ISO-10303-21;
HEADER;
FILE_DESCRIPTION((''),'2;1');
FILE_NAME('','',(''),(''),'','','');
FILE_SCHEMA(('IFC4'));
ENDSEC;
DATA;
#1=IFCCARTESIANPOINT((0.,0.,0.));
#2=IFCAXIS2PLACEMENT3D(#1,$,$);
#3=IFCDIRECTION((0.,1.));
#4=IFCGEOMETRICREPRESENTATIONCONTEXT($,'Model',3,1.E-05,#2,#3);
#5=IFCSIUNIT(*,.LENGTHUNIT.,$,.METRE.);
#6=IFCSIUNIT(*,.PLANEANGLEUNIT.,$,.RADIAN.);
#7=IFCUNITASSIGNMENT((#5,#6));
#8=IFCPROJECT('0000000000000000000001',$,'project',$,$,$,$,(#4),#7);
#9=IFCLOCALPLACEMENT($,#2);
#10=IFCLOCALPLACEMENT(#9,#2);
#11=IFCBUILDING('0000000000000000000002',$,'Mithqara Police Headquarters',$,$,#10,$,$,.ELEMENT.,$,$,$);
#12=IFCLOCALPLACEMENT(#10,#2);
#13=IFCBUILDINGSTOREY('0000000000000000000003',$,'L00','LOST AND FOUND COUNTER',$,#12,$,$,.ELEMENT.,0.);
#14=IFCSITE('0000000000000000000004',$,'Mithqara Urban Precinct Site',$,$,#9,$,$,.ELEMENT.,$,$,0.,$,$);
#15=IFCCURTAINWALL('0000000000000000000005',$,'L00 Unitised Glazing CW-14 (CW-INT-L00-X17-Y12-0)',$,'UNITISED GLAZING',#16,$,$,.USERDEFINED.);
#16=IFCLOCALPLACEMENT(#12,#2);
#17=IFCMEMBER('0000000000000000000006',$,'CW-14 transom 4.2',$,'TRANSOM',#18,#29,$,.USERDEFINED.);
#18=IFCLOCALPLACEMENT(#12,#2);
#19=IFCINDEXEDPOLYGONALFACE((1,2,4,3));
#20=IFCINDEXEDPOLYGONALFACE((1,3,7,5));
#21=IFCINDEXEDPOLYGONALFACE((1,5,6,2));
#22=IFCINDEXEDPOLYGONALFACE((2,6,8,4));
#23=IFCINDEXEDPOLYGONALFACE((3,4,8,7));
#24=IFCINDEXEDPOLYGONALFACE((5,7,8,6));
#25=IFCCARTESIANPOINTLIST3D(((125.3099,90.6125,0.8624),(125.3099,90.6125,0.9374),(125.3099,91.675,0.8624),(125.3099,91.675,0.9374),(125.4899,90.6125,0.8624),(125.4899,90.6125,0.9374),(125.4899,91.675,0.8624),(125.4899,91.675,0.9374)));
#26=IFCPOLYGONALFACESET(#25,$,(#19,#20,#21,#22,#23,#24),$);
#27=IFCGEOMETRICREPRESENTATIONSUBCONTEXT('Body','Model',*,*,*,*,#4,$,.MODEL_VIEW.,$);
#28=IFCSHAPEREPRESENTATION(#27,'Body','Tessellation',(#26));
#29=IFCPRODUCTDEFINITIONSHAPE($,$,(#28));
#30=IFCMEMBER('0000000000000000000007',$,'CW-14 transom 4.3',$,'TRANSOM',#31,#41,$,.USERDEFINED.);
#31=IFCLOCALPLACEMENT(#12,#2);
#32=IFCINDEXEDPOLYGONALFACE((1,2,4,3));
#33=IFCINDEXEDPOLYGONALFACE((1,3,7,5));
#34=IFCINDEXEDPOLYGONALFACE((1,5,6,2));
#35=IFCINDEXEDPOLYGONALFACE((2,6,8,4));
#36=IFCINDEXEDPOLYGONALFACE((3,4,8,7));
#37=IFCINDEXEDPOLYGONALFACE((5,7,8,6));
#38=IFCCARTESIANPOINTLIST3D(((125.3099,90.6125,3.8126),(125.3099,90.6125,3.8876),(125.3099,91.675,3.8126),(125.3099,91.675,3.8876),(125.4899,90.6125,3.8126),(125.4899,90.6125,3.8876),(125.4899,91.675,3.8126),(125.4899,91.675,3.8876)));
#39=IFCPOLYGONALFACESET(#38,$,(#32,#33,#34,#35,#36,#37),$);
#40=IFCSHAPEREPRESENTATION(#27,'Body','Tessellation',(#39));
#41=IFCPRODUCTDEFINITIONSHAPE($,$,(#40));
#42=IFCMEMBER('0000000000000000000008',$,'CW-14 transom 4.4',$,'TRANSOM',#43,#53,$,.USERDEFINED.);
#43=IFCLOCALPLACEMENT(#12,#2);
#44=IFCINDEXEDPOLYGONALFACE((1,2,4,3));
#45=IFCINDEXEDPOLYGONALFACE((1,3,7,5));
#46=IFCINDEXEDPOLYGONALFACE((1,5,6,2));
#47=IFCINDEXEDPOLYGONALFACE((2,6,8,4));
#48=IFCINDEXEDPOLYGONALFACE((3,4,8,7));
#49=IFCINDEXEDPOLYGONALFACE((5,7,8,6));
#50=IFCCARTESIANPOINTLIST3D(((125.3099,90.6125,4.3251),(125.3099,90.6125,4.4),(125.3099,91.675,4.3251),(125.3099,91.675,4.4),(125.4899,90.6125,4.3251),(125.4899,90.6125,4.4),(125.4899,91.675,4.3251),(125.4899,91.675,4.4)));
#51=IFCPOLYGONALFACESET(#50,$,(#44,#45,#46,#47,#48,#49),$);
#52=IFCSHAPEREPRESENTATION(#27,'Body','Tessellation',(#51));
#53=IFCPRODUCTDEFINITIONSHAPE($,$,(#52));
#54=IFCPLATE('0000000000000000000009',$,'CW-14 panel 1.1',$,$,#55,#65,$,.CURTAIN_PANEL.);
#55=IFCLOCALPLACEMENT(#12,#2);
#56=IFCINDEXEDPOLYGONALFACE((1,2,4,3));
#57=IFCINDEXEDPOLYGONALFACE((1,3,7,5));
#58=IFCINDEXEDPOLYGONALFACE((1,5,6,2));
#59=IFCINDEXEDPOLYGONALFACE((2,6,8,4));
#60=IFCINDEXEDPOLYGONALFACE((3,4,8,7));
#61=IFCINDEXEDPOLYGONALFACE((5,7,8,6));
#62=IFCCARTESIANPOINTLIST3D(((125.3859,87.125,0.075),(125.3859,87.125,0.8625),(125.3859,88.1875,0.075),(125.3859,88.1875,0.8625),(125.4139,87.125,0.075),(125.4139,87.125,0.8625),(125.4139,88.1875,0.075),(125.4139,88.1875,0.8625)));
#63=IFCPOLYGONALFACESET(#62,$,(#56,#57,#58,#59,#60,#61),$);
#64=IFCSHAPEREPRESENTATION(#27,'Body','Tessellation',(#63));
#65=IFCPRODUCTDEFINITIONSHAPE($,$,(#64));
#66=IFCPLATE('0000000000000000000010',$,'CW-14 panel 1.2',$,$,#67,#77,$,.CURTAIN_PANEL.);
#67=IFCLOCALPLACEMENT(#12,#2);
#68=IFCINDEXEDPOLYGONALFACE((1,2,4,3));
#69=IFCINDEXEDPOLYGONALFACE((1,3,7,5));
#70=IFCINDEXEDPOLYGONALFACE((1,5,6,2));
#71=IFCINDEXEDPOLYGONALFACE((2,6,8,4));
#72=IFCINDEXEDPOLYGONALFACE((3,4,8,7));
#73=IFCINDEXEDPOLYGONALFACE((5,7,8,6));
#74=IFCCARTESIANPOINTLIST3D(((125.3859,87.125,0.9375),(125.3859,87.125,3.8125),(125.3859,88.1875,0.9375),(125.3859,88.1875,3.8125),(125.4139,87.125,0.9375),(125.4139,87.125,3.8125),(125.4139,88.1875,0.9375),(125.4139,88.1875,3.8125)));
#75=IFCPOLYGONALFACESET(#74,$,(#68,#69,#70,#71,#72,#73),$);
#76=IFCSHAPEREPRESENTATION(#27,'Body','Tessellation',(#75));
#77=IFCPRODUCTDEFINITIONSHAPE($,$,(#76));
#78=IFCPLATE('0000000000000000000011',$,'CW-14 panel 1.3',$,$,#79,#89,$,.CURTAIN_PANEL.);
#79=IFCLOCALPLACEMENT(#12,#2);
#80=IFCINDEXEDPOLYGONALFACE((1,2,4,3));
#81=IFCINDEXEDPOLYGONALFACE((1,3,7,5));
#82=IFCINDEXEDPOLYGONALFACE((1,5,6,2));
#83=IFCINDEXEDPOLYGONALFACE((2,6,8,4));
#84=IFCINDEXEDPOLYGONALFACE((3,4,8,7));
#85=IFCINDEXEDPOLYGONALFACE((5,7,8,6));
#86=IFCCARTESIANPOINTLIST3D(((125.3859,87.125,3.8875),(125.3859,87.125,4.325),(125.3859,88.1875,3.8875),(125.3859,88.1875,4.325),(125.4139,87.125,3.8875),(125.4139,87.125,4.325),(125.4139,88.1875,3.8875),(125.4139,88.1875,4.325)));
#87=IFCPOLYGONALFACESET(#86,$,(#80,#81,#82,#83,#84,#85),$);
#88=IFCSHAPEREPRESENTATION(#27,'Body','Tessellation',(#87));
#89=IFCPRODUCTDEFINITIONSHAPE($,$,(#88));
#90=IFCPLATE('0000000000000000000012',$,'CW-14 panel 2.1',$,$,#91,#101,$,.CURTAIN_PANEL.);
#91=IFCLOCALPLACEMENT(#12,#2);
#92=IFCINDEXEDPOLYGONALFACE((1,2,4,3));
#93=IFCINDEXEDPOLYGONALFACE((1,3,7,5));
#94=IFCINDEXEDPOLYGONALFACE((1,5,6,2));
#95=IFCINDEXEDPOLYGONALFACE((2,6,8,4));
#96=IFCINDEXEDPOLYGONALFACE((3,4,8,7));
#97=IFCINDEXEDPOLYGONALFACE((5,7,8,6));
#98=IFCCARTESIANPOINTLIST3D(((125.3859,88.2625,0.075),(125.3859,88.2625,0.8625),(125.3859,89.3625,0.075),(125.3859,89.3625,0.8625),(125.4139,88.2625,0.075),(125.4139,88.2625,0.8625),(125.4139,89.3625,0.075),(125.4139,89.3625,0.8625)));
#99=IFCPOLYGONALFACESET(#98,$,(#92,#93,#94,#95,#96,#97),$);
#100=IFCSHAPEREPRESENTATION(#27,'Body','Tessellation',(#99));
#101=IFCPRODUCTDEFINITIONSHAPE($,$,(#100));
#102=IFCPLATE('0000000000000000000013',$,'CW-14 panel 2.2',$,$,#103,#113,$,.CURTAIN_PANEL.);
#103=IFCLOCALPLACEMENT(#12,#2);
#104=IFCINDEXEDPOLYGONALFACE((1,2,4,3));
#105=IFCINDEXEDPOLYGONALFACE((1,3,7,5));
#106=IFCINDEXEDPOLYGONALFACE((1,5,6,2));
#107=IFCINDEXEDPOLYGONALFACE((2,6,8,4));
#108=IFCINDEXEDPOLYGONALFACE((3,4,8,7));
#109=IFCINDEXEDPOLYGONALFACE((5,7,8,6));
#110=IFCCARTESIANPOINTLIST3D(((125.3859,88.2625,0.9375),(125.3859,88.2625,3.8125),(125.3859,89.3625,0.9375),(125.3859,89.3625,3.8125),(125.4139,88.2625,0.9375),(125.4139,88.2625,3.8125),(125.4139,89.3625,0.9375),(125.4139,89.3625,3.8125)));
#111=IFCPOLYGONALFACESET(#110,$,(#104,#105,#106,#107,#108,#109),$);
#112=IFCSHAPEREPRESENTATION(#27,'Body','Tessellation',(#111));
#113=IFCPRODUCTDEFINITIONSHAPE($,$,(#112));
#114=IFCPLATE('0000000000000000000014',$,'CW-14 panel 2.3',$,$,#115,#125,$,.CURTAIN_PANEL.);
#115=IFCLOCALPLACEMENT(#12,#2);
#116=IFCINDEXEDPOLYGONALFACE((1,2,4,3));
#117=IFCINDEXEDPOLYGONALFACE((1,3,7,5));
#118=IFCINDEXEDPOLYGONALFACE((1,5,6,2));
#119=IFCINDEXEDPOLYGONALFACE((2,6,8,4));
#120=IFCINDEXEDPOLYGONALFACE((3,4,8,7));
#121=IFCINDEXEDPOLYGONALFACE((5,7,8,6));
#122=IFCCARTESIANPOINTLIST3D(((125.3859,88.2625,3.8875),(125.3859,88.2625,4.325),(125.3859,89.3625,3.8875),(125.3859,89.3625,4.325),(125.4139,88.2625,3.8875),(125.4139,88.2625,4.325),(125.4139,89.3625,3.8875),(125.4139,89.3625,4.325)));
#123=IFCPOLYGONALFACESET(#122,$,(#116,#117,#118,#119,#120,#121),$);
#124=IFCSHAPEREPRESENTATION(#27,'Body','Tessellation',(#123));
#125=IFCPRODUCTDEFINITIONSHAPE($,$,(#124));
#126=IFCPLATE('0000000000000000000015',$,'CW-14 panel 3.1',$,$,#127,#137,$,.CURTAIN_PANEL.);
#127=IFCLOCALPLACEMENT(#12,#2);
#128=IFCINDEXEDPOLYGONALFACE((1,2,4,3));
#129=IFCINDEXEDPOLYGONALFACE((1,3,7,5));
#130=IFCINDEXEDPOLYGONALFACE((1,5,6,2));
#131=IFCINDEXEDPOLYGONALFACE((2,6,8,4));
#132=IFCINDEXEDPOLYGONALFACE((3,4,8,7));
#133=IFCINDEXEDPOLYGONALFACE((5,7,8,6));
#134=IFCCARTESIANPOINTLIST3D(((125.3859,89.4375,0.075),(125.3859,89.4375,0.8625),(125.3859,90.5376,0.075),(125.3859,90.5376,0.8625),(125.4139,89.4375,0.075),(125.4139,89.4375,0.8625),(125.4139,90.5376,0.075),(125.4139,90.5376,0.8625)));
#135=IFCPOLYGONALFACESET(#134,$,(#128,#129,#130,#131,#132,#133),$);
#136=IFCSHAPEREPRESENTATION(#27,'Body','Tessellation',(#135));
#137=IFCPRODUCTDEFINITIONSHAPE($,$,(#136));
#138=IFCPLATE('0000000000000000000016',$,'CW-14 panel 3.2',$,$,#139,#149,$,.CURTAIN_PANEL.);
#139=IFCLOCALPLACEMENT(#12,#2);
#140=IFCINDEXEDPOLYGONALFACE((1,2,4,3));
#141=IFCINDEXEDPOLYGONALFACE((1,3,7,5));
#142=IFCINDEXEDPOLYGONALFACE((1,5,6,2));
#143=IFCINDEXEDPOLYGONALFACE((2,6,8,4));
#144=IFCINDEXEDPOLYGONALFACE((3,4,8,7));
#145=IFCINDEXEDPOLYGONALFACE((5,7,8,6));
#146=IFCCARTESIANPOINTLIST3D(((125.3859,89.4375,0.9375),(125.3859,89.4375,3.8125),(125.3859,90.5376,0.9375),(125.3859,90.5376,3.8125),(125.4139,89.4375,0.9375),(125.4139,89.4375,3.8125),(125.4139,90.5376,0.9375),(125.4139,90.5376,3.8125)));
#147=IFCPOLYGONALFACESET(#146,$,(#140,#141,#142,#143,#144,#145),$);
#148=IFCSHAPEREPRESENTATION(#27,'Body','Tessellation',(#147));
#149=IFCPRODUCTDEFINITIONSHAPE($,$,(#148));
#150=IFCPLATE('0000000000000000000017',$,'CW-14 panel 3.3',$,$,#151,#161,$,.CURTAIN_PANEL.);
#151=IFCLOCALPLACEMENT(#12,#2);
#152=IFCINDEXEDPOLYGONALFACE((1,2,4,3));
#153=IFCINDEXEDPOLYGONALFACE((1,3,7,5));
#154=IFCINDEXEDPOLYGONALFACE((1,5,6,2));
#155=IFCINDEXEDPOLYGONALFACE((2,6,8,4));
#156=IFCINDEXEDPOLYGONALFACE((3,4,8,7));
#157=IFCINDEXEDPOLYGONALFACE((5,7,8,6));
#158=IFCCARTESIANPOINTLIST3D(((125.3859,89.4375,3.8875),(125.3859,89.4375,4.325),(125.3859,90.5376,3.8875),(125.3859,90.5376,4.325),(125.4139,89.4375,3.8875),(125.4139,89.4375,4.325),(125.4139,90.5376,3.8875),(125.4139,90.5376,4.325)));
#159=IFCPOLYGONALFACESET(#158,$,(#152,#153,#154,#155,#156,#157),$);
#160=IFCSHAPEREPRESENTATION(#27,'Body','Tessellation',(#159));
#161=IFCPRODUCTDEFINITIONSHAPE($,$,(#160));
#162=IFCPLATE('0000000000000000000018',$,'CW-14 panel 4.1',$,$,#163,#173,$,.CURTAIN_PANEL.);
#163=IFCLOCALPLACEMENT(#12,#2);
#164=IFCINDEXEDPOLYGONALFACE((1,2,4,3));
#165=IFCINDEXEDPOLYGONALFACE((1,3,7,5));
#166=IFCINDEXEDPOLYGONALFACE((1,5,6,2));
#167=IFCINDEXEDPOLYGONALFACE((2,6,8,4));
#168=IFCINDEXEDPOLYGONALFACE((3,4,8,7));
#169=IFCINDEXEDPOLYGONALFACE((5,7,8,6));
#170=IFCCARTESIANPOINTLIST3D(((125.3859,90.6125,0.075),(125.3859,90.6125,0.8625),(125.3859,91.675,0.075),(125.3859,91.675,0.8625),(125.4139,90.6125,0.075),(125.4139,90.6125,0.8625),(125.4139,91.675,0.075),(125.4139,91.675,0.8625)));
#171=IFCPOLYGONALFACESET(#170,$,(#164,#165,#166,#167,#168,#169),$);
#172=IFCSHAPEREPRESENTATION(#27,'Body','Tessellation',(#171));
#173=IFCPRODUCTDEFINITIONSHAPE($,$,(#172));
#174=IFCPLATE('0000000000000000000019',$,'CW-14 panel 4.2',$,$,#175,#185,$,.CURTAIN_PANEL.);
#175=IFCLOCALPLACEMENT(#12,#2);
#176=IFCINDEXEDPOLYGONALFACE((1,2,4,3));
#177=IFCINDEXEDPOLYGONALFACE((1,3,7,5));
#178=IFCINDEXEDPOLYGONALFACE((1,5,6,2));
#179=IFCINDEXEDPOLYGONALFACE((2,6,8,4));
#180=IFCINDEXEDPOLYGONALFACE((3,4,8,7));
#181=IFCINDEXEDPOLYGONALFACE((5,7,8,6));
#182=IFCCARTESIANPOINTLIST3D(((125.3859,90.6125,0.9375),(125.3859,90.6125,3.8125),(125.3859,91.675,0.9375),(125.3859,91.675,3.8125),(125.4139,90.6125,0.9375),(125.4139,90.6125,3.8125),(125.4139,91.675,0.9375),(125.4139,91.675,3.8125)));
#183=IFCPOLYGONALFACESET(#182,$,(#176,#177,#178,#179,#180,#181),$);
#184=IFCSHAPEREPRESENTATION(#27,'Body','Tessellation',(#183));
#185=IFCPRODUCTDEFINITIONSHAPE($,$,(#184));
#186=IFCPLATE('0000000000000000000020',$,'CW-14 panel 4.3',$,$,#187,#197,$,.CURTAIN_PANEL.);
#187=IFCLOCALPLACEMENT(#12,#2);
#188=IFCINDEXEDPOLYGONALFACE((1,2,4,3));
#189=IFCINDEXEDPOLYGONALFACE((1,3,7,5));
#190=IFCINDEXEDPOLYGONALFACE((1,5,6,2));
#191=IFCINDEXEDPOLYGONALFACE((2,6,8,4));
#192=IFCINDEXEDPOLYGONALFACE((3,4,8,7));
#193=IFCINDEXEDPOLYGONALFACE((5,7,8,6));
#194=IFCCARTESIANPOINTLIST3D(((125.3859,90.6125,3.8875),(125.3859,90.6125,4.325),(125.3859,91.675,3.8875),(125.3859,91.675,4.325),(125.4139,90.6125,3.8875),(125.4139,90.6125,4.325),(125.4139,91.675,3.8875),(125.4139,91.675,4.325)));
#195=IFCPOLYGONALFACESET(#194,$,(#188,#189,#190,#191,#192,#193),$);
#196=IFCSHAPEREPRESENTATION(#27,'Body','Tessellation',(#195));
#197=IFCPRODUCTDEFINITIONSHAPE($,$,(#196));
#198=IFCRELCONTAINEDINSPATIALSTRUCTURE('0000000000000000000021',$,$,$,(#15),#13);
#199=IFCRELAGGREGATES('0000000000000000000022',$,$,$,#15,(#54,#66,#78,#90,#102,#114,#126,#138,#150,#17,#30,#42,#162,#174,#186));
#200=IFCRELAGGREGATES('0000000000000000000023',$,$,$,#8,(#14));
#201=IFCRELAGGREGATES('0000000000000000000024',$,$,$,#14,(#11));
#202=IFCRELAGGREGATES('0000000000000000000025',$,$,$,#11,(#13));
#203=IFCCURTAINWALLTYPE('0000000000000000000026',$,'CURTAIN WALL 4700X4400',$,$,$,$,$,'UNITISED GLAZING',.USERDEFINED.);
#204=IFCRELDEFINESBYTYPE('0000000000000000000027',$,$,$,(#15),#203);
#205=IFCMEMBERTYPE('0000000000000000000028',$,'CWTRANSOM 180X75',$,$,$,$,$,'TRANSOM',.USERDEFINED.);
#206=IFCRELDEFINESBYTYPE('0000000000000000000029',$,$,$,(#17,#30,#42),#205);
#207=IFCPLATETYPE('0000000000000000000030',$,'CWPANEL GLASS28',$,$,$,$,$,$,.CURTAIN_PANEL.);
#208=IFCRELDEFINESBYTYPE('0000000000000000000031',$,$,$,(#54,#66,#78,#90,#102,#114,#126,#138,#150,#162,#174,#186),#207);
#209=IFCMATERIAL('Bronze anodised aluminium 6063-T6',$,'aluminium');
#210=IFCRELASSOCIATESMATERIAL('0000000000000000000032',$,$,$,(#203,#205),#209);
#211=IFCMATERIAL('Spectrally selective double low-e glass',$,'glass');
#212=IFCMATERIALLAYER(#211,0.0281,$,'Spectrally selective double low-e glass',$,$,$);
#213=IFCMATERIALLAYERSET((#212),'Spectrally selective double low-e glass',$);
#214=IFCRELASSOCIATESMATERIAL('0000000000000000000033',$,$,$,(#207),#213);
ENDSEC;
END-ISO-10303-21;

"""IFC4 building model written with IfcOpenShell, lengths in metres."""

from ifc_helpers import new_model, si_unit, direction, frame, origin, origin_2d, place, context, subcontext, project, spatial, rectangle, extrude, material, layer, layer_set, material_profile, profile_set, type_object, element, aggregate, save


model = new_model("IFC4")

# Units and contexts
model_context = context("Model", 3, precision=1e-05, world=origin(), true_north=direction((0.0, 1.0)))
body_context = subcontext(model_context, "Body", "Model", "MODEL_VIEW")
ifc_project = project(units=[si_unit("LENGTHUNIT", "METRE"), si_unit("PLANEANGLEUNIT", "RADIAN")], contexts=[model_context])

# Site, building, storey
site_placement = place(None, origin())
site = spatial("IfcSite", under=ifc_project, at=site_placement, Name="Mithqara Urban Precinct Site", CompositionType="ELEMENT", RefElevation=0.0)
building_placement = place(site_placement, origin())
building = spatial("IfcBuilding", under=site, at=building_placement, Name="Mithqara Police Headquarters", CompositionType="ELEMENT")
storey_placement = place(building_placement, origin())
storey = spatial("IfcBuildingStorey", under=building, at=storey_placement, Name="L00", Description="LOST AND FOUND COUNTER", CompositionType="ELEMENT", Elevation=0.0)

# Curtain wall, members, plates
ifc_material_1 = material(Name="Bronze anodised aluminium 6063-T6", Category="aluminium")
curtain_wall_type = type_object("IfcCurtainWallType", Name="CURTAIN WALL 4700X4400", ElementType="UNITISED GLAZING", PredefinedType="USERDEFINED", material=ifc_material_1)
curtain_wall_placement = place(storey_placement, origin())
curtain_wall = element("IfcCurtainWall", 1, at=curtain_wall_placement, inside=storey, type_object=curtain_wall_type, Name="L00 Unitised Glazing CW-14 (CW-INT-L00-X17-Y12-0)", ObjectType="UNITISED GLAZING", PredefinedType="USERDEFINED")
ifc_material_profile_1 = material_profile(ifc_material_1, rectangle(XDim=0.1799, YDim=0.075, at=origin_2d()), Name="CWT 180x75")
ifc_profile_set_1 = profile_set([ifc_material_profile_1], Name="Bronze anodised aluminium 6063-T6")
member_type_1 = type_object("IfcMemberType", Name="CWTRANSOM 180X75", ElementType="TRANSOM", PredefinedType="USERDEFINED", material=ifc_profile_set_1)
member_1_placement = place(storey_placement, frame((125.3999, 90.6125, 0.8999), z_axis=(0.0, 1.0, 0.0), x_axis=(-1.0, 0.0, 0.0)))
member_1 = element("IfcMember", 2, at=member_1_placement, type_object=member_type_1, Name="CW-14 transom 4.2", ObjectType="TRANSOM", PredefinedType="USERDEFINED", context=body_context, shape_type="SweptSolid", body=[
    extrude(rectangle(XDim=0.1799, YDim=0.075, at=origin_2d()), origin(), (0.0, 0.0, 1.0), 1.0625),
])
member_2_placement = place(storey_placement, frame((125.3999, 90.6125, 3.8501), z_axis=(0.0, 1.0, 0.0), x_axis=(-1.0, 0.0, 0.0)))
member_2 = element("IfcMember", 3, at=member_2_placement, type_object=member_type_1, Name="CW-14 transom 4.3", ObjectType="TRANSOM", PredefinedType="USERDEFINED", context=body_context, shape_type="SweptSolid", body=[
    extrude(rectangle(XDim=0.1799, YDim=0.075, at=origin_2d()), origin(), (0.0, 0.0, 1.0), 1.0625),
])
member_3_placement = place(storey_placement, frame((125.3999, 90.6125, 4.3625), z_axis=(0.0, 1.0, 0.0), x_axis=(-1.0, 0.0, 0.0)))
member_3 = element("IfcMember", 4, at=member_3_placement, type_object=member_type_1, Name="CW-14 transom 4.4", ObjectType="TRANSOM", PredefinedType="USERDEFINED", context=body_context, shape_type="SweptSolid", body=[
    extrude(rectangle(XDim=0.1799, YDim=0.075, at=origin_2d()), origin(), (0.0, 0.0, 1.0), 1.0625),
])
ifc_material_2 = material(Name="Spectrally selective double low-e glass", Category="glass")
ifc_layer = layer(ifc_material_2, 0.0281, Name="Spectrally selective double low-e glass")
ifc_layer_set = layer_set([ifc_layer], Name="Spectrally selective double low-e glass")
plate_type = type_object("IfcPlateType", Name="CWPANEL GLASS28", PredefinedType="CURTAIN_PANEL", material=ifc_layer_set)
plate_1_placement = place(storey_placement, frame((125.3999, 87.6562, 0.075), z_axis=(0.0, 0.0, 1.0), x_axis=(0.0, 1.0, 0.0)))
plate_1 = element("IfcPlate", 5, at=plate_1_placement, type_object=plate_type, Name="CW-14 panel 1.1", PredefinedType="CURTAIN_PANEL", context=body_context, shape_type="SweptSolid", body=[
    extrude(rectangle(XDim=1.0625, YDim=0.0281, at=origin_2d()), origin(), (0.0, 0.0, 1.0), 0.7876),
])
plate_2_placement = place(storey_placement, frame((125.3999, 87.6562, 0.9375), z_axis=(0.0, 0.0, 1.0), x_axis=(0.0, 1.0, 0.0)))
plate_2 = element("IfcPlate", 6, at=plate_2_placement, type_object=plate_type, Name="CW-14 panel 1.2", PredefinedType="CURTAIN_PANEL", context=body_context, shape_type="SweptSolid", body=[
    extrude(rectangle(XDim=1.0625, YDim=0.0281, at=origin_2d()), origin(), (0.0, 0.0, 1.0), 2.875),
])
plate_3_placement = place(storey_placement, frame((125.3999, 87.6562, 3.8875), z_axis=(0.0, 0.0, 1.0), x_axis=(0.0, 1.0, 0.0)))
plate_3 = element("IfcPlate", 7, at=plate_3_placement, type_object=plate_type, Name="CW-14 panel 1.3", PredefinedType="CURTAIN_PANEL", context=body_context, shape_type="SweptSolid", body=[
    extrude(rectangle(XDim=1.0625, YDim=0.0281, at=origin_2d()), origin(), (0.0, 0.0, 1.0), 0.4375),
])
plate_4_placement = place(storey_placement, frame((125.3999, 88.8125, 0.075), z_axis=(0.0, 0.0, 1.0), x_axis=(0.0, 1.0, 0.0)))
plate_4 = element("IfcPlate", 8, at=plate_4_placement, type_object=plate_type, Name="CW-14 panel 2.1", PredefinedType="CURTAIN_PANEL", context=body_context, shape_type="SweptSolid", body=[
    extrude(rectangle(XDim=1.1001, YDim=0.0281, at=origin_2d()), origin(), (0.0, 0.0, 1.0), 0.7876),
])
plate_5_placement = place(storey_placement, frame((125.3999, 88.8125, 0.9375), z_axis=(0.0, 0.0, 1.0), x_axis=(0.0, 1.0, 0.0)))
plate_5 = element("IfcPlate", 9, at=plate_5_placement, type_object=plate_type, Name="CW-14 panel 2.2", PredefinedType="CURTAIN_PANEL", context=body_context, shape_type="SweptSolid", body=[
    extrude(rectangle(XDim=1.1001, YDim=0.0281, at=origin_2d()), origin(), (0.0, 0.0, 1.0), 2.875),
])
plate_6_placement = place(storey_placement, frame((125.3999, 88.8125, 3.8875), z_axis=(0.0, 0.0, 1.0), x_axis=(0.0, 1.0, 0.0)))
plate_6 = element("IfcPlate", 10, at=plate_6_placement, type_object=plate_type, Name="CW-14 panel 2.3", PredefinedType="CURTAIN_PANEL", context=body_context, shape_type="SweptSolid", body=[
    extrude(rectangle(XDim=1.1001, YDim=0.0281, at=origin_2d()), origin(), (0.0, 0.0, 1.0), 0.4375),
])
plate_7_placement = place(storey_placement, frame((125.3999, 89.9875, 0.075), z_axis=(0.0, 0.0, 1.0), x_axis=(0.0, 1.0, 0.0)))
plate_7 = element("IfcPlate", 11, at=plate_7_placement, type_object=plate_type, Name="CW-14 panel 3.1", PredefinedType="CURTAIN_PANEL", context=body_context, shape_type="SweptSolid", body=[
    extrude(rectangle(XDim=1.1001, YDim=0.0281, at=origin_2d()), origin(), (0.0, 0.0, 1.0), 0.7876),
])
plate_8_placement = place(storey_placement, frame((125.3999, 89.9875, 0.9375), z_axis=(0.0, 0.0, 1.0), x_axis=(0.0, 1.0, 0.0)))
plate_8 = element("IfcPlate", 12, at=plate_8_placement, type_object=plate_type, Name="CW-14 panel 3.2", PredefinedType="CURTAIN_PANEL", context=body_context, shape_type="SweptSolid", body=[
    extrude(rectangle(XDim=1.1001, YDim=0.0281, at=origin_2d()), origin(), (0.0, 0.0, 1.0), 2.875),
])
plate_9_placement = place(storey_placement, frame((125.3999, 89.9875, 3.8875), z_axis=(0.0, 0.0, 1.0), x_axis=(0.0, 1.0, 0.0)))
plate_9 = element("IfcPlate", 13, at=plate_9_placement, type_object=plate_type, Name="CW-14 panel 3.3", PredefinedType="CURTAIN_PANEL", context=body_context, shape_type="SweptSolid", body=[
    extrude(rectangle(XDim=1.1001, YDim=0.0281, at=origin_2d()), origin(), (0.0, 0.0, 1.0), 0.4375),
])
plate_10_placement = place(storey_placement, frame((125.3999, 91.1438, 0.075), z_axis=(0.0, 0.0, 1.0), x_axis=(0.0, 1.0, 0.0)))
plate_10 = element("IfcPlate", 14, at=plate_10_placement, type_object=plate_type, Name="CW-14 panel 4.1", PredefinedType="CURTAIN_PANEL", context=body_context, shape_type="SweptSolid", body=[
    extrude(rectangle(XDim=1.0625, YDim=0.0281, at=origin_2d()), origin(), (0.0, 0.0, 1.0), 0.7876),
])
plate_11_placement = place(storey_placement, frame((125.3999, 91.1438, 0.9375), z_axis=(0.0, 0.0, 1.0), x_axis=(0.0, 1.0, 0.0)))
plate_11 = element("IfcPlate", 15, at=plate_11_placement, type_object=plate_type, Name="CW-14 panel 4.2", PredefinedType="CURTAIN_PANEL", context=body_context, shape_type="SweptSolid", body=[
    extrude(rectangle(XDim=1.0625, YDim=0.0281, at=origin_2d()), origin(), (0.0, 0.0, 1.0), 2.875),
])
plate_12_placement = place(storey_placement, frame((125.3999, 91.1438, 3.8875), z_axis=(0.0, 0.0, 1.0), x_axis=(0.0, 1.0, 0.0)))
plate_12 = element("IfcPlate", 16, at=plate_12_placement, type_object=plate_type, Name="CW-14 panel 4.3", PredefinedType="CURTAIN_PANEL", context=body_context, shape_type="SweptSolid", body=[
    extrude(rectangle(XDim=1.0625, YDim=0.0281, at=origin_2d()), origin(), (0.0, 0.0, 1.0), 0.4375),
])
aggregate(curtain_wall, [plate_1, plate_2, plate_3, plate_4, plate_5, plate_6, plate_7, plate_8, plate_9, member_1, member_2, member_3, plate_10, plate_11, plate_12])

save(model, "model.ifc")
